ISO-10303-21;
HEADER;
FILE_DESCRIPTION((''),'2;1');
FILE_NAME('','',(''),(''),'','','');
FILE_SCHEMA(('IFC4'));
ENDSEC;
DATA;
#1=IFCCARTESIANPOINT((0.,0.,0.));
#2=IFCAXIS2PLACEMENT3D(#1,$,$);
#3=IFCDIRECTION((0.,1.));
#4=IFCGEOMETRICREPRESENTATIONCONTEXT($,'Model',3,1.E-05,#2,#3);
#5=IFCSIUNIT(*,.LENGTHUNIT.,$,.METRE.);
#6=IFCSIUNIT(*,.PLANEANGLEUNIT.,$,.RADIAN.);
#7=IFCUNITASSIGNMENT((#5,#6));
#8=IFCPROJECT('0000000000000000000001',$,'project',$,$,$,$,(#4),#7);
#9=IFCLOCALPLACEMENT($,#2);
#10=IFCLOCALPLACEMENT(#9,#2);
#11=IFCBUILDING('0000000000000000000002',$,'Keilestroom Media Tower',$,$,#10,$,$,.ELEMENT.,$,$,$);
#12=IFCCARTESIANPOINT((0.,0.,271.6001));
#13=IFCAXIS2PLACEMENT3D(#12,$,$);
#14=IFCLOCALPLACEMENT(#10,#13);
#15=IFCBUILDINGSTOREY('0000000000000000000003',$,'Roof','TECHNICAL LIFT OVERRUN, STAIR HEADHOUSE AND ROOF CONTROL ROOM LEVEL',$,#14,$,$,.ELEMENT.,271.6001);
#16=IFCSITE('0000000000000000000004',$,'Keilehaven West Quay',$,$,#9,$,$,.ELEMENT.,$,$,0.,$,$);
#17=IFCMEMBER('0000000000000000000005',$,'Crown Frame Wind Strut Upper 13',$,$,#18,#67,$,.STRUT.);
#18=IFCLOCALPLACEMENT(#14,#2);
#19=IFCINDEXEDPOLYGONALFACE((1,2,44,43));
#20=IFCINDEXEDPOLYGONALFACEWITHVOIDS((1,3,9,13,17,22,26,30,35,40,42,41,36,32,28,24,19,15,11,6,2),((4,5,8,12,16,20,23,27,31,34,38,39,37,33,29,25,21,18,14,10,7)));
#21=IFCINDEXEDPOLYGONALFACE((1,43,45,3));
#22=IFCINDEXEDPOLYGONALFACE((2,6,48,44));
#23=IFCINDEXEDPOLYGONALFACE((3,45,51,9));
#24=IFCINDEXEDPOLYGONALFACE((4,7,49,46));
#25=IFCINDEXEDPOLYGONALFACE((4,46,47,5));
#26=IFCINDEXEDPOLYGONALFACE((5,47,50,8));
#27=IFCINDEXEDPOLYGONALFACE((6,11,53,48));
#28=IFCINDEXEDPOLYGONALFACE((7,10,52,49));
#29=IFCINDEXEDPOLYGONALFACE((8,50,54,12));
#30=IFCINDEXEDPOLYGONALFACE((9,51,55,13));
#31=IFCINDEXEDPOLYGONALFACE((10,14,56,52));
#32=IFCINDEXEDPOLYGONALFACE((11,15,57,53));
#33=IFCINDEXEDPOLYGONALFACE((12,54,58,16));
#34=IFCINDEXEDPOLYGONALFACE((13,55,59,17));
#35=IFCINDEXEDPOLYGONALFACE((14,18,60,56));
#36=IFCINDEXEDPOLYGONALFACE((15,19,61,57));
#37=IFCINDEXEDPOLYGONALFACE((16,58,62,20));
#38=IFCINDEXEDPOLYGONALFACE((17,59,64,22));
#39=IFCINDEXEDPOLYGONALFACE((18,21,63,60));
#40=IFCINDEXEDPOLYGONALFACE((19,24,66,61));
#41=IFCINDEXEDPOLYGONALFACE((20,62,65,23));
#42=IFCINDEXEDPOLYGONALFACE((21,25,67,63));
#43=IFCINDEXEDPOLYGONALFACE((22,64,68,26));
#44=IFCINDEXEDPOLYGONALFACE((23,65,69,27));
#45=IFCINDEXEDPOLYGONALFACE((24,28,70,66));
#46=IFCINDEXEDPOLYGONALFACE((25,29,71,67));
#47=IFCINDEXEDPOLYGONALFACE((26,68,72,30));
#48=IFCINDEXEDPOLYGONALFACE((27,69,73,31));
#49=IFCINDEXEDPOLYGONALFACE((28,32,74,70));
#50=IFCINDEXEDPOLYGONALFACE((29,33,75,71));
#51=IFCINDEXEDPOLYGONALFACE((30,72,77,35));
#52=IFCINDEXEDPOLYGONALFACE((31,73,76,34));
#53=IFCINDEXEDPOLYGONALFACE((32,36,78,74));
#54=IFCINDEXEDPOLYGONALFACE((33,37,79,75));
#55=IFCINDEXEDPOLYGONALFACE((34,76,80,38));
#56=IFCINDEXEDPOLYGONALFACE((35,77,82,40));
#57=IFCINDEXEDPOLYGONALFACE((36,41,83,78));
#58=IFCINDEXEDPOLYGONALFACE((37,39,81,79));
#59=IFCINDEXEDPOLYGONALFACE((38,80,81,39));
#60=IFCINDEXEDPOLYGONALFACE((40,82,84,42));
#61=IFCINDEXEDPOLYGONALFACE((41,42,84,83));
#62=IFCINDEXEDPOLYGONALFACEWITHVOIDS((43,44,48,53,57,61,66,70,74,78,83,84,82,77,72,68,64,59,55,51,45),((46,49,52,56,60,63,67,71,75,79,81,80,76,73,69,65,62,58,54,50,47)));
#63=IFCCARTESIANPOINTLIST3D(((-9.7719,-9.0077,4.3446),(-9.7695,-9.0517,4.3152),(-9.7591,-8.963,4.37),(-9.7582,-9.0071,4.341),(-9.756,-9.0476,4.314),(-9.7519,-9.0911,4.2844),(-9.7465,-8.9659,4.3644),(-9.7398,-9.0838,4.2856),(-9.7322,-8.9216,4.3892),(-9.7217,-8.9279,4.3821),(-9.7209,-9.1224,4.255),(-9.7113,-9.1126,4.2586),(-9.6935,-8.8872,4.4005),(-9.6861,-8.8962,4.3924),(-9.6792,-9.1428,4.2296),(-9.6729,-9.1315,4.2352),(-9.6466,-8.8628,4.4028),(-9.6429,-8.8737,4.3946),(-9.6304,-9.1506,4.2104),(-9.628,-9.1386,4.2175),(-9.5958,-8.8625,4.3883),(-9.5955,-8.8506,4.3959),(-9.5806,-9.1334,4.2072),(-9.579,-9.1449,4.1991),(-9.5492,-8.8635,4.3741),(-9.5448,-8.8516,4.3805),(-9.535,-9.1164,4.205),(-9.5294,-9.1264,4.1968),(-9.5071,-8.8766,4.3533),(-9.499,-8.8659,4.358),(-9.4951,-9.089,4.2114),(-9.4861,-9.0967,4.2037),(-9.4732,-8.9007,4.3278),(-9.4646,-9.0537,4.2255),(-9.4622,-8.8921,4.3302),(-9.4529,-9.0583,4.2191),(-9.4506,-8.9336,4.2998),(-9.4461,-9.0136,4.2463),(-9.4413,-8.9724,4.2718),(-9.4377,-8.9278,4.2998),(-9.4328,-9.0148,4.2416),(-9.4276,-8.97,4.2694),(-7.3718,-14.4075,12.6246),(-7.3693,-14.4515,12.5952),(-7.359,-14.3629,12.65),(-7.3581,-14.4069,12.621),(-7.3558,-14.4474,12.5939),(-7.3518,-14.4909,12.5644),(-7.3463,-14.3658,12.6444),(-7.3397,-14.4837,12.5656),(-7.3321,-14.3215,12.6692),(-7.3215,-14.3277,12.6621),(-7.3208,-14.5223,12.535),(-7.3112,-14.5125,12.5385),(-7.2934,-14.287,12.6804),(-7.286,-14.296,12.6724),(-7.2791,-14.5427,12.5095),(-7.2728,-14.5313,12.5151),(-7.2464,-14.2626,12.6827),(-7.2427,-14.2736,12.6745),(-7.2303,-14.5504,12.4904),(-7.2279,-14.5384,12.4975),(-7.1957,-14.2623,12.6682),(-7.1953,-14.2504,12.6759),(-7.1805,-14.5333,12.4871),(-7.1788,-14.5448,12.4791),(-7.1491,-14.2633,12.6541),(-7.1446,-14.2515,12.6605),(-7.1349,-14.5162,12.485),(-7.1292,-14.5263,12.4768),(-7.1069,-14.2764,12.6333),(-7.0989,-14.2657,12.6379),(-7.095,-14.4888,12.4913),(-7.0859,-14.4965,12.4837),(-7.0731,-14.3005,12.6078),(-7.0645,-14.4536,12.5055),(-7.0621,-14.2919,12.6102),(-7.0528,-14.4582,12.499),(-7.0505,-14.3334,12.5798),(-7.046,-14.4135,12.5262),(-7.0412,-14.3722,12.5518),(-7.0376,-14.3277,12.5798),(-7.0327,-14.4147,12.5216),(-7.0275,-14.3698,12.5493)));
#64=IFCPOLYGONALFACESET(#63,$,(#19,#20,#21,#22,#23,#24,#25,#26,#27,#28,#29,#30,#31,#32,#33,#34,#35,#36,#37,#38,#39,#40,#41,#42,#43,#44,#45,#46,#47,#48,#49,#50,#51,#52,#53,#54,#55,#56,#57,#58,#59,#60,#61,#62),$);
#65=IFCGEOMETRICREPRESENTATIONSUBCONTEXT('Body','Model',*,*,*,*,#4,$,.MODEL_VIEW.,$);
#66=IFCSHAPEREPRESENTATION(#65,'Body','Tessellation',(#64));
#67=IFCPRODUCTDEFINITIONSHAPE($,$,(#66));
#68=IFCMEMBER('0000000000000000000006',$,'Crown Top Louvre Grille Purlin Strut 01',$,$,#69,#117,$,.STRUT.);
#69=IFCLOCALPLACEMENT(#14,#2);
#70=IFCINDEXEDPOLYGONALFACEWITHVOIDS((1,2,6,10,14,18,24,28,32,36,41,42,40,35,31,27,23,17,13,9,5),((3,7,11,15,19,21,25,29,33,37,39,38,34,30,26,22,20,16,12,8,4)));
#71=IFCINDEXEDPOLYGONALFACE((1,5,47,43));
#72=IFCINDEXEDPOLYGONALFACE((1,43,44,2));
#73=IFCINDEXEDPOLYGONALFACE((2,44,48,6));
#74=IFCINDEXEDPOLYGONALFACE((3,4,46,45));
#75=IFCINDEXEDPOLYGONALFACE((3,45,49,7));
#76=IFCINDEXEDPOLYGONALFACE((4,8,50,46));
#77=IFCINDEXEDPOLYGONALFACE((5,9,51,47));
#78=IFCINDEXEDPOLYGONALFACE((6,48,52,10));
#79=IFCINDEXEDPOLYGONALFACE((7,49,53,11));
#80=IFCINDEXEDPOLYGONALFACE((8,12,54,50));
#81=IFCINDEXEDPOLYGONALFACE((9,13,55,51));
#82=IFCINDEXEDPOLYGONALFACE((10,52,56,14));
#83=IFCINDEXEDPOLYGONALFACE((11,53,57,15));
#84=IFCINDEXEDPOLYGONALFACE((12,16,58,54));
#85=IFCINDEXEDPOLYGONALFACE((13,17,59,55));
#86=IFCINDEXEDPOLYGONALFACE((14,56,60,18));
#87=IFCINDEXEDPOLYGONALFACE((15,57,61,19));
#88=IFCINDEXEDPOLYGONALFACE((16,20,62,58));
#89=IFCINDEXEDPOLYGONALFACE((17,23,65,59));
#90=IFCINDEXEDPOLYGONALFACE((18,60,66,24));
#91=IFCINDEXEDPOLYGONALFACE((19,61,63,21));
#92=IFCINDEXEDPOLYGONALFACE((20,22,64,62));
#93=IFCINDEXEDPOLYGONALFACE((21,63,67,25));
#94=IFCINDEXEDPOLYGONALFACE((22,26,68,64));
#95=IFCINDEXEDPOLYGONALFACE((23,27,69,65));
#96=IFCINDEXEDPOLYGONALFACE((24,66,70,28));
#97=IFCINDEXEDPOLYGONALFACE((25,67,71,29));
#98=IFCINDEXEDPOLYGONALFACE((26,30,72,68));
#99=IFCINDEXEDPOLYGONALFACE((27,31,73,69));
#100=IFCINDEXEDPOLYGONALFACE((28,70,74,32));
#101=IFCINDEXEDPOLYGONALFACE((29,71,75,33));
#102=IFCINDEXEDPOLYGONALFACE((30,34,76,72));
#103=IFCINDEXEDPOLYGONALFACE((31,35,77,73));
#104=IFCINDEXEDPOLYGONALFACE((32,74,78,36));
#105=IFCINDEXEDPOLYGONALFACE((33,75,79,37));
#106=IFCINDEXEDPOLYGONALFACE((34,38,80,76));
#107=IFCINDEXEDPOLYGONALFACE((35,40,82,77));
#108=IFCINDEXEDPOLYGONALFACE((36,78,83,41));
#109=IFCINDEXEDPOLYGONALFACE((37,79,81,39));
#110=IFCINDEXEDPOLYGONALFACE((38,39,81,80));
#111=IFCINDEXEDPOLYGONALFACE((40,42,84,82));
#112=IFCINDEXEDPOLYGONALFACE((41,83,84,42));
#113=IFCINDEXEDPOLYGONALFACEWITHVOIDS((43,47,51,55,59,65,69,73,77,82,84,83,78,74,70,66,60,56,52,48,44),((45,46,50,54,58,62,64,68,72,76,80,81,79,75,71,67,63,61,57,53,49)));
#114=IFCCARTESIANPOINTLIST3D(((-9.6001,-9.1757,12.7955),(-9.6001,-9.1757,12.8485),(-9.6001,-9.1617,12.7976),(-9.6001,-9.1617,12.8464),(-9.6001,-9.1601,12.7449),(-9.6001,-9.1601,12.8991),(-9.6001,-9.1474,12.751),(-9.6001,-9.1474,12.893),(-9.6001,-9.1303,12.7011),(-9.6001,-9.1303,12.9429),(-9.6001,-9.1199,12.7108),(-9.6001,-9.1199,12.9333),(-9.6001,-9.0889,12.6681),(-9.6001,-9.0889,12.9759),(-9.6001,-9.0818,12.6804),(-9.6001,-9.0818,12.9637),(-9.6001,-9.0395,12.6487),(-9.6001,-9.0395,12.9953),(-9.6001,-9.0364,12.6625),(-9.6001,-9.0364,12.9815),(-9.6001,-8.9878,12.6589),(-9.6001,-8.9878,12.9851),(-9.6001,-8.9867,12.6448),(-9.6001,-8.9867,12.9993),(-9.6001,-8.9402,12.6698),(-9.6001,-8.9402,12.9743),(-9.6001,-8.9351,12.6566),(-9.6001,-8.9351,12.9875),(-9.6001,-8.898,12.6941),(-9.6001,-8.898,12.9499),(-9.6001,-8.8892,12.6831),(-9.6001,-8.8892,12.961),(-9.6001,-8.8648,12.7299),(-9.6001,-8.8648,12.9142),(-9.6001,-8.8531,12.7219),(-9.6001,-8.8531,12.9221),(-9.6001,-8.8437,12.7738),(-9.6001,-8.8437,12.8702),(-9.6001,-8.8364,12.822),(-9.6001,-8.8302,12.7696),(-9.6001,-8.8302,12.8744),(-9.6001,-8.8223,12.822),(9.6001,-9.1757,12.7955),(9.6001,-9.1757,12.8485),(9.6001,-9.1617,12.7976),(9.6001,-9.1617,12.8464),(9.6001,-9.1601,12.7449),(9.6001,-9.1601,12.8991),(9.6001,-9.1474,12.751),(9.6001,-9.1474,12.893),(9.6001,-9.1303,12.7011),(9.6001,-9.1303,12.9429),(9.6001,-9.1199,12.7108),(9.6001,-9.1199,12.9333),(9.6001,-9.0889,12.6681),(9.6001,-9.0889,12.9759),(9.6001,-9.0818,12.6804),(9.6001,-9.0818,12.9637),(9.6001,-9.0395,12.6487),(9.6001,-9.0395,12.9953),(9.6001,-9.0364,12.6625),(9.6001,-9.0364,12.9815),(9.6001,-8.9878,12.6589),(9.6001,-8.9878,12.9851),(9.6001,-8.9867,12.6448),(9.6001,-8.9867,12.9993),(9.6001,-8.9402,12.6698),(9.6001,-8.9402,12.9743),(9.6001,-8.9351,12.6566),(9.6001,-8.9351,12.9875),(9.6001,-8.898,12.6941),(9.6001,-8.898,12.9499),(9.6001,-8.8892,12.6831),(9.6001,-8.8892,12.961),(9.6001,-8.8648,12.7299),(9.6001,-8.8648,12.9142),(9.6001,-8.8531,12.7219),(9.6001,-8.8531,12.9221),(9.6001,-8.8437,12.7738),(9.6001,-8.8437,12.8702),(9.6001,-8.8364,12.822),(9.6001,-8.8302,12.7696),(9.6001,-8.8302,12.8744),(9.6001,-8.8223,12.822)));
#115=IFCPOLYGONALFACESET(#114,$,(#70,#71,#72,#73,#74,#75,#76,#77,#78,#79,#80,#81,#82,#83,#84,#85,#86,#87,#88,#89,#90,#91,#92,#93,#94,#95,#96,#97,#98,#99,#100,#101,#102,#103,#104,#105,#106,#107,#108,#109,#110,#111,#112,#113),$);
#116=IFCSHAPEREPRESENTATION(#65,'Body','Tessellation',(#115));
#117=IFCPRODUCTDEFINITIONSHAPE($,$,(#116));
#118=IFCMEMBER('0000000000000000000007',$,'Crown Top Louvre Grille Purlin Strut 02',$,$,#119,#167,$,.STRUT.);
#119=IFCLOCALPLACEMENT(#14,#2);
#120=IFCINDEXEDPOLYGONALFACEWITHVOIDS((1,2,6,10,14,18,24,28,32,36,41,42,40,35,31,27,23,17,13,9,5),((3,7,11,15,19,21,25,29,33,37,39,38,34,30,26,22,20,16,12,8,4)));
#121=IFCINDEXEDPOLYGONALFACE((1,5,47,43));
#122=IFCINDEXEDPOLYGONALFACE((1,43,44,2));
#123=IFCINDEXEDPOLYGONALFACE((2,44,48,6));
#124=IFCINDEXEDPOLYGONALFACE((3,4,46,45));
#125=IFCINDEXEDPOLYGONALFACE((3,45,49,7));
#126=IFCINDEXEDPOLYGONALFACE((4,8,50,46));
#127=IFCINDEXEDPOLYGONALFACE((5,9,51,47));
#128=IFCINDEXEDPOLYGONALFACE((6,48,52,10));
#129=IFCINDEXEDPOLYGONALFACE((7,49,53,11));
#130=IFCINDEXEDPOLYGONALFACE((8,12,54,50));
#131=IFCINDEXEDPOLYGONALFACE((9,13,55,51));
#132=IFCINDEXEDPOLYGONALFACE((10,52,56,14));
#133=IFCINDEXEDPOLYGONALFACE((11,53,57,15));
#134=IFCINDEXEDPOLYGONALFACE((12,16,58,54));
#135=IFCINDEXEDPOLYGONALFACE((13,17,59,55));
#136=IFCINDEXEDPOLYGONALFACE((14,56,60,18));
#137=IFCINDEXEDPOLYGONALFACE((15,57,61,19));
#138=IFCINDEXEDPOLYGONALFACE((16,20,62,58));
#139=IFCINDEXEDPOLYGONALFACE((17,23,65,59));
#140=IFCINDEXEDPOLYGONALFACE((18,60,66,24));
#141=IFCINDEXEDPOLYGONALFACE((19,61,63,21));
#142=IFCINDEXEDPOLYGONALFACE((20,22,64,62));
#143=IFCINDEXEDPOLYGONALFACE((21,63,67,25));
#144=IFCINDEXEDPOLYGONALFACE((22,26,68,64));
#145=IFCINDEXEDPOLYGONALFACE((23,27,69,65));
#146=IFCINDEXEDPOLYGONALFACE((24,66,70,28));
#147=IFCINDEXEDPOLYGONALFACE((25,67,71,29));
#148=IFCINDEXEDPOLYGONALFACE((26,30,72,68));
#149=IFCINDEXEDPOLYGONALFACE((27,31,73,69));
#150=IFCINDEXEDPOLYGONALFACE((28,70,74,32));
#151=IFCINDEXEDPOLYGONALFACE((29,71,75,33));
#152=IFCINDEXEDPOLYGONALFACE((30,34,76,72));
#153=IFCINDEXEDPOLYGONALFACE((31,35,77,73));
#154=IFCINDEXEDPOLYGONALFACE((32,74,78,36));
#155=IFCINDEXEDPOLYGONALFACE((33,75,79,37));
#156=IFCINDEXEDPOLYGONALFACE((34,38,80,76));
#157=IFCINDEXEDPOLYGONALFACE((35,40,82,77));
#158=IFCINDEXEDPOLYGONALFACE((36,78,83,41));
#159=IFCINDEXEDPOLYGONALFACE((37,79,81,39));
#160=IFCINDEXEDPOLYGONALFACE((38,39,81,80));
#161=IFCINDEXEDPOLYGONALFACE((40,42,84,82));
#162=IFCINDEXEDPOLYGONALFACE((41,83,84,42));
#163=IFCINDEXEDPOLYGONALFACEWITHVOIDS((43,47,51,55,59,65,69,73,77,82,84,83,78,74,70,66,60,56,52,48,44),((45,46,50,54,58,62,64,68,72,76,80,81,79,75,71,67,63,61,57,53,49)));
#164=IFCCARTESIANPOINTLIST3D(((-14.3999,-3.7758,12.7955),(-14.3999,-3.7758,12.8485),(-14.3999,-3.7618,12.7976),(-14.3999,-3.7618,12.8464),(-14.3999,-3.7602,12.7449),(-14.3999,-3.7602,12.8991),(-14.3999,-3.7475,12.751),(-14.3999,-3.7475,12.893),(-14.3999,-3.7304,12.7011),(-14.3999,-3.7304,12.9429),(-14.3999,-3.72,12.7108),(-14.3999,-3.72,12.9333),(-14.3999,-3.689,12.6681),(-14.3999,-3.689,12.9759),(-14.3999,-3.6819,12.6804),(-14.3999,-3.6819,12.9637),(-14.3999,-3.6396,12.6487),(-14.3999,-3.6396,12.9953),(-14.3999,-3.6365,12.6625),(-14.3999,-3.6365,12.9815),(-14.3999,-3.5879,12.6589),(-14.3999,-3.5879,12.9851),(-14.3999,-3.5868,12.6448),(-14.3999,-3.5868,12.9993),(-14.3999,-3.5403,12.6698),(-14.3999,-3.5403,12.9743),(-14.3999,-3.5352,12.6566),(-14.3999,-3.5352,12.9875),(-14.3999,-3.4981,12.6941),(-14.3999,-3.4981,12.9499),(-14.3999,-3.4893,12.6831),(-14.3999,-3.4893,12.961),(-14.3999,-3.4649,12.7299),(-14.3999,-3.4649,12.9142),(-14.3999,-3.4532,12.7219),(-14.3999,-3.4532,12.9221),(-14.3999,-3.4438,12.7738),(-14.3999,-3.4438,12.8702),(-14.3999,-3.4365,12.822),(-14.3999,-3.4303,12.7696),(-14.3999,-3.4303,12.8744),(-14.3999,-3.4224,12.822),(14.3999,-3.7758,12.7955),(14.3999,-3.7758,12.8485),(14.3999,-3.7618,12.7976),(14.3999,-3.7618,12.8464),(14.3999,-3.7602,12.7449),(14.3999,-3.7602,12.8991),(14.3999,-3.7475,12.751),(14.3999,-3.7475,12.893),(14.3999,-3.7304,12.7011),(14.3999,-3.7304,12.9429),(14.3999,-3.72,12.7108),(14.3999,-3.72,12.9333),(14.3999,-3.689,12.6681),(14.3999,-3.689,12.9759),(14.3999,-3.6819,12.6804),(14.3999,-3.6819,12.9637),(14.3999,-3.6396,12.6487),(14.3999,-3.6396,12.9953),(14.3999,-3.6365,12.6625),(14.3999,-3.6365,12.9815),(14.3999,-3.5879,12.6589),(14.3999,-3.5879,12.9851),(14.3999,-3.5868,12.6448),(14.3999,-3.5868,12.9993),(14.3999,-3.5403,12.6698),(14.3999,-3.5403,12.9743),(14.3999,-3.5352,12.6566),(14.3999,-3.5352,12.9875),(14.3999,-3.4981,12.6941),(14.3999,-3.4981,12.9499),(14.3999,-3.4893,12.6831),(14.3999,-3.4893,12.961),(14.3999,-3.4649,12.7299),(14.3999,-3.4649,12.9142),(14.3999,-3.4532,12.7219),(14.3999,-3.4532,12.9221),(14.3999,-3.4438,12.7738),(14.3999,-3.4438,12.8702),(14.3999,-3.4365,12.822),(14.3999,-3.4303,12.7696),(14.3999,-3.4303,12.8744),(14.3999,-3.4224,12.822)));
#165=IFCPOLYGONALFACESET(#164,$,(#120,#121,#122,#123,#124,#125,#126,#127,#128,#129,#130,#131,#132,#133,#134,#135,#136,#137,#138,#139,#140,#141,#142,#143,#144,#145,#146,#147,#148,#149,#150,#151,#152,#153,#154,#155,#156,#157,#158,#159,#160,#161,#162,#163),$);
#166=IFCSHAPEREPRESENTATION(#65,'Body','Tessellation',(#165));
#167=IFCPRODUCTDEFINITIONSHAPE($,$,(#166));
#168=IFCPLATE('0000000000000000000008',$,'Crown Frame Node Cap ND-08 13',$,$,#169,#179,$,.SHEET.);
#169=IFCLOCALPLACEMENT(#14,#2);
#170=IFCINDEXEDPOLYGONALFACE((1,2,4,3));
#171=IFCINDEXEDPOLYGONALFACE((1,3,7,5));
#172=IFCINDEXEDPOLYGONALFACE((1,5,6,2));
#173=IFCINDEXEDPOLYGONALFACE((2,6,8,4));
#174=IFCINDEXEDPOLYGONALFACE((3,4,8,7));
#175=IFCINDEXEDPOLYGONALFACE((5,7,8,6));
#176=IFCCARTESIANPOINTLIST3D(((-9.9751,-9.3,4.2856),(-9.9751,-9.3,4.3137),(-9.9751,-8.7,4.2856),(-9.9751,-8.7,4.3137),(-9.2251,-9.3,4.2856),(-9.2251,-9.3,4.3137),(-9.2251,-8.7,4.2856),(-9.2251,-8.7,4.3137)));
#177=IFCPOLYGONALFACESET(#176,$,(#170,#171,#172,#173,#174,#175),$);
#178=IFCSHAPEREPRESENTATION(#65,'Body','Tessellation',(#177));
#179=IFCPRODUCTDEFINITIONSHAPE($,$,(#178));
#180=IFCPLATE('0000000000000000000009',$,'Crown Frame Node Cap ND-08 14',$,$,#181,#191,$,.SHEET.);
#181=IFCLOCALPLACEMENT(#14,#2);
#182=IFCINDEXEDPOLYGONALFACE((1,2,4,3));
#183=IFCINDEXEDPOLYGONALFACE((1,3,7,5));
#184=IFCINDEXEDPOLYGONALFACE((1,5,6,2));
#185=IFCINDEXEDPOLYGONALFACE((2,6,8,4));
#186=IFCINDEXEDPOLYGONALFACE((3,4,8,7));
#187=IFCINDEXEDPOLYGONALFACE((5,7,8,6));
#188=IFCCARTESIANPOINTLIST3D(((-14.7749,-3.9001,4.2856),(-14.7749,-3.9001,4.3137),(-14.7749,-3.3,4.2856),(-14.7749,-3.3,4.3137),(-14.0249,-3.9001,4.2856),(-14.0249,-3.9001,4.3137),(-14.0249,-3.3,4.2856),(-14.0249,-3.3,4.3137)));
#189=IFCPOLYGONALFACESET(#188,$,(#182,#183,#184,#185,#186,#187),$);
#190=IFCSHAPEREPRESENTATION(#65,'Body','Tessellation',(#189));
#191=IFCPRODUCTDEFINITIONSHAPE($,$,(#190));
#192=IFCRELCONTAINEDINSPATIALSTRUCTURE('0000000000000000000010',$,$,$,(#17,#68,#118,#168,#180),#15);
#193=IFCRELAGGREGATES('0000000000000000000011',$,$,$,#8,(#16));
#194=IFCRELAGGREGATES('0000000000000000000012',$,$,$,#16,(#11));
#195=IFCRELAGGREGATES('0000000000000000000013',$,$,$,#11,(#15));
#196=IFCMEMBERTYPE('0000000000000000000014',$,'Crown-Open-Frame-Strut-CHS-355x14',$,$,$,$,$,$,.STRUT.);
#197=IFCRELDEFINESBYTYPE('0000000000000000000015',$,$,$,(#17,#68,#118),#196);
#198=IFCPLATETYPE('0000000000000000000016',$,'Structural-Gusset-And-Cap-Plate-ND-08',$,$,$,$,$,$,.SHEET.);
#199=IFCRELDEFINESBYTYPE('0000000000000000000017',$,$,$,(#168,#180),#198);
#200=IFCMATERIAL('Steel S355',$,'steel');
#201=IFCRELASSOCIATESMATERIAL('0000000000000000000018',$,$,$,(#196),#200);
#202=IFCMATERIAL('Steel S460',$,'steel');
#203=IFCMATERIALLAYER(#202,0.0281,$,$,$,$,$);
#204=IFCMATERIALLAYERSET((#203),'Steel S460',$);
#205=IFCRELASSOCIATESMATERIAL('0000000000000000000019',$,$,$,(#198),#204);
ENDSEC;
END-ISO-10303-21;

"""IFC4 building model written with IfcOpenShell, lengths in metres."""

from ifc_helpers import new_model, si_unit, direction, frame, origin, origin_2d, place, context, subcontext, project, spatial, rectangle, hollow_circle, extrude, source, transform, mapped, material, layer, layer_set, material_profile, profile_set, type_object, element, save


model = new_model("IFC4")

# Units and contexts
model_context = context("Model", 3, precision=1e-05, world=origin(), true_north=direction((0.0, 1.0)))
body_context = subcontext(model_context, "Body", "Model", "MODEL_VIEW")
ifc_project = project(units=[si_unit("LENGTHUNIT", "METRE"), si_unit("PLANEANGLEUNIT", "RADIAN")], contexts=[model_context])

# Site, building, storey
site_placement = place(None, origin())
site = spatial("IfcSite", under=ifc_project, at=site_placement, Name="Keilehaven West Quay", CompositionType="ELEMENT", RefElevation=0.0)
building_placement = place(site_placement, origin())
building = spatial("IfcBuilding", under=site, at=building_placement, Name="Keilestroom Media Tower", CompositionType="ELEMENT")
storey_placement = place(building_placement, frame((0.0, 0.0, 271.6001)))
storey = spatial("IfcBuildingStorey", under=building, at=storey_placement, Name="Roof", Description="TECHNICAL LIFT OVERRUN, STAIR HEADHOUSE AND ROOF CONTROL ROOM LEVEL", CompositionType="ELEMENT", Elevation=271.6001)

# Shared definitions
ifc_material_1 = material(Name="Steel S460", Category="steel")

# Members
ifc_material_2 = material(Name="Steel S355", Category="steel")
ifc_material_profile_1 = material_profile(ifc_material_2, hollow_circle(Radius=0.1777, WallThickness=0.0142, at=origin_2d()), Name="CHS 355.6x14.2")
ifc_profile_set_1 = profile_set([ifc_material_profile_1], Name="Steel S355")
member_type_1 = type_object("IfcMemberType", Name="Crown-Open-Frame-Strut-CHS-355x14", PredefinedType="STRUT", material=ifc_profile_set_1)
shared_shape_1 = source(origin(), body_context, "Body", "SweptSolid", [
    extrude(hollow_circle(Radius=0.1777, WallThickness=0.0142, at=origin_2d()), origin(), (0.0, 0.0, 1.0), 10.1724),
])
member_1_placement = place(storey_placement, frame((-9.6001, -9.0, 4.2998), z_axis=(0.235946, -0.530836, 0.813967), x_axis=(0.9138, 0.406165, 0.0)))
element("IfcMember", 1, at=member_1_placement, inside=storey, type_object=member_type_1, Name="Crown Frame Wind Strut Upper 13", PredefinedType="STRUT", context=body_context, shape_type="MappedRepresentation", body=[
    mapped(shared_shape_1, transform((0.0, 0.0, 0.0), x_axis=(1.0, 0.0, 0.0), y_axis=(0.0, 1.0, 0.0), z_axis=(0.0, 0.0, 1.0), scale=1.0)),
])
shared_shape_2 = source(origin(), body_context, "Body", "SweptSolid", [
    extrude(hollow_circle(Radius=0.1777, WallThickness=0.0142, at=origin_2d()), origin(), (0.0, 0.0, 1.0), 19.2002),
])
member_2_placement = place(storey_placement, frame((-9.6001, -9.0, 12.822), z_axis=(1.0, 0.0, 0.0), x_axis=(0.0, 1.0, 0.0)))
element("IfcMember", 2, at=member_2_placement, inside=storey, type_object=member_type_1, Name="Crown Top Louvre Grille Purlin Strut 01", PredefinedType="STRUT", context=body_context, shape_type="MappedRepresentation", body=[
    mapped(shared_shape_2, transform((0.0, 0.0, 0.0), x_axis=(1.0, 0.0, 0.0), y_axis=(0.0, 1.0, 0.0), z_axis=(0.0, 0.0, 1.0), scale=1.0)),
])
shared_shape_3 = source(origin(), body_context, "Body", "SweptSolid", [
    extrude(hollow_circle(Radius=0.1777, WallThickness=0.0142, at=origin_2d()), origin(), (0.0, 0.0, 1.0), 28.7998),
])
member_3_placement = place(storey_placement, frame((-14.3999, -3.6001, 12.822), z_axis=(1.0, 0.0, 0.0), x_axis=(0.0, 1.0, 0.0)))
element("IfcMember", 3, at=member_3_placement, inside=storey, type_object=member_type_1, Name="Crown Top Louvre Grille Purlin Strut 02", PredefinedType="STRUT", context=body_context, shape_type="MappedRepresentation", body=[
    mapped(shared_shape_3, transform((0.0, 0.0, 0.0), x_axis=(1.0, 0.0, 0.0), y_axis=(0.0, 1.0, 0.0), z_axis=(0.0, 0.0, 1.0), scale=1.0)),
])

# Plates
ifc_layer_1 = layer(ifc_material_1, 0.0281)
ifc_layer_set_1 = layer_set([ifc_layer_1], Name="Steel S460")
plate_type_1 = type_object("IfcPlateType", Name="Structural-Gusset-And-Cap-Plate-ND-08", PredefinedType="SHEET", material=ifc_layer_set_1)
shared_shape_4 = source(origin(), body_context, "Body", "SweptSolid", [
    extrude(rectangle(XDim=0.75, YDim=0.6001, at=origin_2d()), origin(), (0.0, 0.0, 1.0), 0.0281),
])
for number, where, z_axis, x_axis, name in (
    (4, (-9.6001, -9.0, 4.2856), (0.0, 0.0, 1.0), (1.0, 0.0, 0.0), "Crown Frame Node Cap ND-08 13"),
    (5, (-14.3999, -3.6001, 4.2856), (0.0, 0.0, 1.0), (1.0, 0.0, 0.0), "Crown Frame Node Cap ND-08 14"),
):
    element("IfcPlate", number, at=place(storey_placement, frame(where, z_axis=z_axis, x_axis=x_axis)), inside=storey, type_object=plate_type_1, Name=name, PredefinedType="SHEET", context=body_context, shape_type="MappedRepresentation", body=[
        mapped(shared_shape_4, transform((0.0, 0.0, 0.0), x_axis=(1.0, 0.0, 0.0), y_axis=(0.0, 1.0, 0.0), z_axis=(0.0, 0.0, 1.0), scale=1.0)),
    ])

save(model, "model.ifc")
